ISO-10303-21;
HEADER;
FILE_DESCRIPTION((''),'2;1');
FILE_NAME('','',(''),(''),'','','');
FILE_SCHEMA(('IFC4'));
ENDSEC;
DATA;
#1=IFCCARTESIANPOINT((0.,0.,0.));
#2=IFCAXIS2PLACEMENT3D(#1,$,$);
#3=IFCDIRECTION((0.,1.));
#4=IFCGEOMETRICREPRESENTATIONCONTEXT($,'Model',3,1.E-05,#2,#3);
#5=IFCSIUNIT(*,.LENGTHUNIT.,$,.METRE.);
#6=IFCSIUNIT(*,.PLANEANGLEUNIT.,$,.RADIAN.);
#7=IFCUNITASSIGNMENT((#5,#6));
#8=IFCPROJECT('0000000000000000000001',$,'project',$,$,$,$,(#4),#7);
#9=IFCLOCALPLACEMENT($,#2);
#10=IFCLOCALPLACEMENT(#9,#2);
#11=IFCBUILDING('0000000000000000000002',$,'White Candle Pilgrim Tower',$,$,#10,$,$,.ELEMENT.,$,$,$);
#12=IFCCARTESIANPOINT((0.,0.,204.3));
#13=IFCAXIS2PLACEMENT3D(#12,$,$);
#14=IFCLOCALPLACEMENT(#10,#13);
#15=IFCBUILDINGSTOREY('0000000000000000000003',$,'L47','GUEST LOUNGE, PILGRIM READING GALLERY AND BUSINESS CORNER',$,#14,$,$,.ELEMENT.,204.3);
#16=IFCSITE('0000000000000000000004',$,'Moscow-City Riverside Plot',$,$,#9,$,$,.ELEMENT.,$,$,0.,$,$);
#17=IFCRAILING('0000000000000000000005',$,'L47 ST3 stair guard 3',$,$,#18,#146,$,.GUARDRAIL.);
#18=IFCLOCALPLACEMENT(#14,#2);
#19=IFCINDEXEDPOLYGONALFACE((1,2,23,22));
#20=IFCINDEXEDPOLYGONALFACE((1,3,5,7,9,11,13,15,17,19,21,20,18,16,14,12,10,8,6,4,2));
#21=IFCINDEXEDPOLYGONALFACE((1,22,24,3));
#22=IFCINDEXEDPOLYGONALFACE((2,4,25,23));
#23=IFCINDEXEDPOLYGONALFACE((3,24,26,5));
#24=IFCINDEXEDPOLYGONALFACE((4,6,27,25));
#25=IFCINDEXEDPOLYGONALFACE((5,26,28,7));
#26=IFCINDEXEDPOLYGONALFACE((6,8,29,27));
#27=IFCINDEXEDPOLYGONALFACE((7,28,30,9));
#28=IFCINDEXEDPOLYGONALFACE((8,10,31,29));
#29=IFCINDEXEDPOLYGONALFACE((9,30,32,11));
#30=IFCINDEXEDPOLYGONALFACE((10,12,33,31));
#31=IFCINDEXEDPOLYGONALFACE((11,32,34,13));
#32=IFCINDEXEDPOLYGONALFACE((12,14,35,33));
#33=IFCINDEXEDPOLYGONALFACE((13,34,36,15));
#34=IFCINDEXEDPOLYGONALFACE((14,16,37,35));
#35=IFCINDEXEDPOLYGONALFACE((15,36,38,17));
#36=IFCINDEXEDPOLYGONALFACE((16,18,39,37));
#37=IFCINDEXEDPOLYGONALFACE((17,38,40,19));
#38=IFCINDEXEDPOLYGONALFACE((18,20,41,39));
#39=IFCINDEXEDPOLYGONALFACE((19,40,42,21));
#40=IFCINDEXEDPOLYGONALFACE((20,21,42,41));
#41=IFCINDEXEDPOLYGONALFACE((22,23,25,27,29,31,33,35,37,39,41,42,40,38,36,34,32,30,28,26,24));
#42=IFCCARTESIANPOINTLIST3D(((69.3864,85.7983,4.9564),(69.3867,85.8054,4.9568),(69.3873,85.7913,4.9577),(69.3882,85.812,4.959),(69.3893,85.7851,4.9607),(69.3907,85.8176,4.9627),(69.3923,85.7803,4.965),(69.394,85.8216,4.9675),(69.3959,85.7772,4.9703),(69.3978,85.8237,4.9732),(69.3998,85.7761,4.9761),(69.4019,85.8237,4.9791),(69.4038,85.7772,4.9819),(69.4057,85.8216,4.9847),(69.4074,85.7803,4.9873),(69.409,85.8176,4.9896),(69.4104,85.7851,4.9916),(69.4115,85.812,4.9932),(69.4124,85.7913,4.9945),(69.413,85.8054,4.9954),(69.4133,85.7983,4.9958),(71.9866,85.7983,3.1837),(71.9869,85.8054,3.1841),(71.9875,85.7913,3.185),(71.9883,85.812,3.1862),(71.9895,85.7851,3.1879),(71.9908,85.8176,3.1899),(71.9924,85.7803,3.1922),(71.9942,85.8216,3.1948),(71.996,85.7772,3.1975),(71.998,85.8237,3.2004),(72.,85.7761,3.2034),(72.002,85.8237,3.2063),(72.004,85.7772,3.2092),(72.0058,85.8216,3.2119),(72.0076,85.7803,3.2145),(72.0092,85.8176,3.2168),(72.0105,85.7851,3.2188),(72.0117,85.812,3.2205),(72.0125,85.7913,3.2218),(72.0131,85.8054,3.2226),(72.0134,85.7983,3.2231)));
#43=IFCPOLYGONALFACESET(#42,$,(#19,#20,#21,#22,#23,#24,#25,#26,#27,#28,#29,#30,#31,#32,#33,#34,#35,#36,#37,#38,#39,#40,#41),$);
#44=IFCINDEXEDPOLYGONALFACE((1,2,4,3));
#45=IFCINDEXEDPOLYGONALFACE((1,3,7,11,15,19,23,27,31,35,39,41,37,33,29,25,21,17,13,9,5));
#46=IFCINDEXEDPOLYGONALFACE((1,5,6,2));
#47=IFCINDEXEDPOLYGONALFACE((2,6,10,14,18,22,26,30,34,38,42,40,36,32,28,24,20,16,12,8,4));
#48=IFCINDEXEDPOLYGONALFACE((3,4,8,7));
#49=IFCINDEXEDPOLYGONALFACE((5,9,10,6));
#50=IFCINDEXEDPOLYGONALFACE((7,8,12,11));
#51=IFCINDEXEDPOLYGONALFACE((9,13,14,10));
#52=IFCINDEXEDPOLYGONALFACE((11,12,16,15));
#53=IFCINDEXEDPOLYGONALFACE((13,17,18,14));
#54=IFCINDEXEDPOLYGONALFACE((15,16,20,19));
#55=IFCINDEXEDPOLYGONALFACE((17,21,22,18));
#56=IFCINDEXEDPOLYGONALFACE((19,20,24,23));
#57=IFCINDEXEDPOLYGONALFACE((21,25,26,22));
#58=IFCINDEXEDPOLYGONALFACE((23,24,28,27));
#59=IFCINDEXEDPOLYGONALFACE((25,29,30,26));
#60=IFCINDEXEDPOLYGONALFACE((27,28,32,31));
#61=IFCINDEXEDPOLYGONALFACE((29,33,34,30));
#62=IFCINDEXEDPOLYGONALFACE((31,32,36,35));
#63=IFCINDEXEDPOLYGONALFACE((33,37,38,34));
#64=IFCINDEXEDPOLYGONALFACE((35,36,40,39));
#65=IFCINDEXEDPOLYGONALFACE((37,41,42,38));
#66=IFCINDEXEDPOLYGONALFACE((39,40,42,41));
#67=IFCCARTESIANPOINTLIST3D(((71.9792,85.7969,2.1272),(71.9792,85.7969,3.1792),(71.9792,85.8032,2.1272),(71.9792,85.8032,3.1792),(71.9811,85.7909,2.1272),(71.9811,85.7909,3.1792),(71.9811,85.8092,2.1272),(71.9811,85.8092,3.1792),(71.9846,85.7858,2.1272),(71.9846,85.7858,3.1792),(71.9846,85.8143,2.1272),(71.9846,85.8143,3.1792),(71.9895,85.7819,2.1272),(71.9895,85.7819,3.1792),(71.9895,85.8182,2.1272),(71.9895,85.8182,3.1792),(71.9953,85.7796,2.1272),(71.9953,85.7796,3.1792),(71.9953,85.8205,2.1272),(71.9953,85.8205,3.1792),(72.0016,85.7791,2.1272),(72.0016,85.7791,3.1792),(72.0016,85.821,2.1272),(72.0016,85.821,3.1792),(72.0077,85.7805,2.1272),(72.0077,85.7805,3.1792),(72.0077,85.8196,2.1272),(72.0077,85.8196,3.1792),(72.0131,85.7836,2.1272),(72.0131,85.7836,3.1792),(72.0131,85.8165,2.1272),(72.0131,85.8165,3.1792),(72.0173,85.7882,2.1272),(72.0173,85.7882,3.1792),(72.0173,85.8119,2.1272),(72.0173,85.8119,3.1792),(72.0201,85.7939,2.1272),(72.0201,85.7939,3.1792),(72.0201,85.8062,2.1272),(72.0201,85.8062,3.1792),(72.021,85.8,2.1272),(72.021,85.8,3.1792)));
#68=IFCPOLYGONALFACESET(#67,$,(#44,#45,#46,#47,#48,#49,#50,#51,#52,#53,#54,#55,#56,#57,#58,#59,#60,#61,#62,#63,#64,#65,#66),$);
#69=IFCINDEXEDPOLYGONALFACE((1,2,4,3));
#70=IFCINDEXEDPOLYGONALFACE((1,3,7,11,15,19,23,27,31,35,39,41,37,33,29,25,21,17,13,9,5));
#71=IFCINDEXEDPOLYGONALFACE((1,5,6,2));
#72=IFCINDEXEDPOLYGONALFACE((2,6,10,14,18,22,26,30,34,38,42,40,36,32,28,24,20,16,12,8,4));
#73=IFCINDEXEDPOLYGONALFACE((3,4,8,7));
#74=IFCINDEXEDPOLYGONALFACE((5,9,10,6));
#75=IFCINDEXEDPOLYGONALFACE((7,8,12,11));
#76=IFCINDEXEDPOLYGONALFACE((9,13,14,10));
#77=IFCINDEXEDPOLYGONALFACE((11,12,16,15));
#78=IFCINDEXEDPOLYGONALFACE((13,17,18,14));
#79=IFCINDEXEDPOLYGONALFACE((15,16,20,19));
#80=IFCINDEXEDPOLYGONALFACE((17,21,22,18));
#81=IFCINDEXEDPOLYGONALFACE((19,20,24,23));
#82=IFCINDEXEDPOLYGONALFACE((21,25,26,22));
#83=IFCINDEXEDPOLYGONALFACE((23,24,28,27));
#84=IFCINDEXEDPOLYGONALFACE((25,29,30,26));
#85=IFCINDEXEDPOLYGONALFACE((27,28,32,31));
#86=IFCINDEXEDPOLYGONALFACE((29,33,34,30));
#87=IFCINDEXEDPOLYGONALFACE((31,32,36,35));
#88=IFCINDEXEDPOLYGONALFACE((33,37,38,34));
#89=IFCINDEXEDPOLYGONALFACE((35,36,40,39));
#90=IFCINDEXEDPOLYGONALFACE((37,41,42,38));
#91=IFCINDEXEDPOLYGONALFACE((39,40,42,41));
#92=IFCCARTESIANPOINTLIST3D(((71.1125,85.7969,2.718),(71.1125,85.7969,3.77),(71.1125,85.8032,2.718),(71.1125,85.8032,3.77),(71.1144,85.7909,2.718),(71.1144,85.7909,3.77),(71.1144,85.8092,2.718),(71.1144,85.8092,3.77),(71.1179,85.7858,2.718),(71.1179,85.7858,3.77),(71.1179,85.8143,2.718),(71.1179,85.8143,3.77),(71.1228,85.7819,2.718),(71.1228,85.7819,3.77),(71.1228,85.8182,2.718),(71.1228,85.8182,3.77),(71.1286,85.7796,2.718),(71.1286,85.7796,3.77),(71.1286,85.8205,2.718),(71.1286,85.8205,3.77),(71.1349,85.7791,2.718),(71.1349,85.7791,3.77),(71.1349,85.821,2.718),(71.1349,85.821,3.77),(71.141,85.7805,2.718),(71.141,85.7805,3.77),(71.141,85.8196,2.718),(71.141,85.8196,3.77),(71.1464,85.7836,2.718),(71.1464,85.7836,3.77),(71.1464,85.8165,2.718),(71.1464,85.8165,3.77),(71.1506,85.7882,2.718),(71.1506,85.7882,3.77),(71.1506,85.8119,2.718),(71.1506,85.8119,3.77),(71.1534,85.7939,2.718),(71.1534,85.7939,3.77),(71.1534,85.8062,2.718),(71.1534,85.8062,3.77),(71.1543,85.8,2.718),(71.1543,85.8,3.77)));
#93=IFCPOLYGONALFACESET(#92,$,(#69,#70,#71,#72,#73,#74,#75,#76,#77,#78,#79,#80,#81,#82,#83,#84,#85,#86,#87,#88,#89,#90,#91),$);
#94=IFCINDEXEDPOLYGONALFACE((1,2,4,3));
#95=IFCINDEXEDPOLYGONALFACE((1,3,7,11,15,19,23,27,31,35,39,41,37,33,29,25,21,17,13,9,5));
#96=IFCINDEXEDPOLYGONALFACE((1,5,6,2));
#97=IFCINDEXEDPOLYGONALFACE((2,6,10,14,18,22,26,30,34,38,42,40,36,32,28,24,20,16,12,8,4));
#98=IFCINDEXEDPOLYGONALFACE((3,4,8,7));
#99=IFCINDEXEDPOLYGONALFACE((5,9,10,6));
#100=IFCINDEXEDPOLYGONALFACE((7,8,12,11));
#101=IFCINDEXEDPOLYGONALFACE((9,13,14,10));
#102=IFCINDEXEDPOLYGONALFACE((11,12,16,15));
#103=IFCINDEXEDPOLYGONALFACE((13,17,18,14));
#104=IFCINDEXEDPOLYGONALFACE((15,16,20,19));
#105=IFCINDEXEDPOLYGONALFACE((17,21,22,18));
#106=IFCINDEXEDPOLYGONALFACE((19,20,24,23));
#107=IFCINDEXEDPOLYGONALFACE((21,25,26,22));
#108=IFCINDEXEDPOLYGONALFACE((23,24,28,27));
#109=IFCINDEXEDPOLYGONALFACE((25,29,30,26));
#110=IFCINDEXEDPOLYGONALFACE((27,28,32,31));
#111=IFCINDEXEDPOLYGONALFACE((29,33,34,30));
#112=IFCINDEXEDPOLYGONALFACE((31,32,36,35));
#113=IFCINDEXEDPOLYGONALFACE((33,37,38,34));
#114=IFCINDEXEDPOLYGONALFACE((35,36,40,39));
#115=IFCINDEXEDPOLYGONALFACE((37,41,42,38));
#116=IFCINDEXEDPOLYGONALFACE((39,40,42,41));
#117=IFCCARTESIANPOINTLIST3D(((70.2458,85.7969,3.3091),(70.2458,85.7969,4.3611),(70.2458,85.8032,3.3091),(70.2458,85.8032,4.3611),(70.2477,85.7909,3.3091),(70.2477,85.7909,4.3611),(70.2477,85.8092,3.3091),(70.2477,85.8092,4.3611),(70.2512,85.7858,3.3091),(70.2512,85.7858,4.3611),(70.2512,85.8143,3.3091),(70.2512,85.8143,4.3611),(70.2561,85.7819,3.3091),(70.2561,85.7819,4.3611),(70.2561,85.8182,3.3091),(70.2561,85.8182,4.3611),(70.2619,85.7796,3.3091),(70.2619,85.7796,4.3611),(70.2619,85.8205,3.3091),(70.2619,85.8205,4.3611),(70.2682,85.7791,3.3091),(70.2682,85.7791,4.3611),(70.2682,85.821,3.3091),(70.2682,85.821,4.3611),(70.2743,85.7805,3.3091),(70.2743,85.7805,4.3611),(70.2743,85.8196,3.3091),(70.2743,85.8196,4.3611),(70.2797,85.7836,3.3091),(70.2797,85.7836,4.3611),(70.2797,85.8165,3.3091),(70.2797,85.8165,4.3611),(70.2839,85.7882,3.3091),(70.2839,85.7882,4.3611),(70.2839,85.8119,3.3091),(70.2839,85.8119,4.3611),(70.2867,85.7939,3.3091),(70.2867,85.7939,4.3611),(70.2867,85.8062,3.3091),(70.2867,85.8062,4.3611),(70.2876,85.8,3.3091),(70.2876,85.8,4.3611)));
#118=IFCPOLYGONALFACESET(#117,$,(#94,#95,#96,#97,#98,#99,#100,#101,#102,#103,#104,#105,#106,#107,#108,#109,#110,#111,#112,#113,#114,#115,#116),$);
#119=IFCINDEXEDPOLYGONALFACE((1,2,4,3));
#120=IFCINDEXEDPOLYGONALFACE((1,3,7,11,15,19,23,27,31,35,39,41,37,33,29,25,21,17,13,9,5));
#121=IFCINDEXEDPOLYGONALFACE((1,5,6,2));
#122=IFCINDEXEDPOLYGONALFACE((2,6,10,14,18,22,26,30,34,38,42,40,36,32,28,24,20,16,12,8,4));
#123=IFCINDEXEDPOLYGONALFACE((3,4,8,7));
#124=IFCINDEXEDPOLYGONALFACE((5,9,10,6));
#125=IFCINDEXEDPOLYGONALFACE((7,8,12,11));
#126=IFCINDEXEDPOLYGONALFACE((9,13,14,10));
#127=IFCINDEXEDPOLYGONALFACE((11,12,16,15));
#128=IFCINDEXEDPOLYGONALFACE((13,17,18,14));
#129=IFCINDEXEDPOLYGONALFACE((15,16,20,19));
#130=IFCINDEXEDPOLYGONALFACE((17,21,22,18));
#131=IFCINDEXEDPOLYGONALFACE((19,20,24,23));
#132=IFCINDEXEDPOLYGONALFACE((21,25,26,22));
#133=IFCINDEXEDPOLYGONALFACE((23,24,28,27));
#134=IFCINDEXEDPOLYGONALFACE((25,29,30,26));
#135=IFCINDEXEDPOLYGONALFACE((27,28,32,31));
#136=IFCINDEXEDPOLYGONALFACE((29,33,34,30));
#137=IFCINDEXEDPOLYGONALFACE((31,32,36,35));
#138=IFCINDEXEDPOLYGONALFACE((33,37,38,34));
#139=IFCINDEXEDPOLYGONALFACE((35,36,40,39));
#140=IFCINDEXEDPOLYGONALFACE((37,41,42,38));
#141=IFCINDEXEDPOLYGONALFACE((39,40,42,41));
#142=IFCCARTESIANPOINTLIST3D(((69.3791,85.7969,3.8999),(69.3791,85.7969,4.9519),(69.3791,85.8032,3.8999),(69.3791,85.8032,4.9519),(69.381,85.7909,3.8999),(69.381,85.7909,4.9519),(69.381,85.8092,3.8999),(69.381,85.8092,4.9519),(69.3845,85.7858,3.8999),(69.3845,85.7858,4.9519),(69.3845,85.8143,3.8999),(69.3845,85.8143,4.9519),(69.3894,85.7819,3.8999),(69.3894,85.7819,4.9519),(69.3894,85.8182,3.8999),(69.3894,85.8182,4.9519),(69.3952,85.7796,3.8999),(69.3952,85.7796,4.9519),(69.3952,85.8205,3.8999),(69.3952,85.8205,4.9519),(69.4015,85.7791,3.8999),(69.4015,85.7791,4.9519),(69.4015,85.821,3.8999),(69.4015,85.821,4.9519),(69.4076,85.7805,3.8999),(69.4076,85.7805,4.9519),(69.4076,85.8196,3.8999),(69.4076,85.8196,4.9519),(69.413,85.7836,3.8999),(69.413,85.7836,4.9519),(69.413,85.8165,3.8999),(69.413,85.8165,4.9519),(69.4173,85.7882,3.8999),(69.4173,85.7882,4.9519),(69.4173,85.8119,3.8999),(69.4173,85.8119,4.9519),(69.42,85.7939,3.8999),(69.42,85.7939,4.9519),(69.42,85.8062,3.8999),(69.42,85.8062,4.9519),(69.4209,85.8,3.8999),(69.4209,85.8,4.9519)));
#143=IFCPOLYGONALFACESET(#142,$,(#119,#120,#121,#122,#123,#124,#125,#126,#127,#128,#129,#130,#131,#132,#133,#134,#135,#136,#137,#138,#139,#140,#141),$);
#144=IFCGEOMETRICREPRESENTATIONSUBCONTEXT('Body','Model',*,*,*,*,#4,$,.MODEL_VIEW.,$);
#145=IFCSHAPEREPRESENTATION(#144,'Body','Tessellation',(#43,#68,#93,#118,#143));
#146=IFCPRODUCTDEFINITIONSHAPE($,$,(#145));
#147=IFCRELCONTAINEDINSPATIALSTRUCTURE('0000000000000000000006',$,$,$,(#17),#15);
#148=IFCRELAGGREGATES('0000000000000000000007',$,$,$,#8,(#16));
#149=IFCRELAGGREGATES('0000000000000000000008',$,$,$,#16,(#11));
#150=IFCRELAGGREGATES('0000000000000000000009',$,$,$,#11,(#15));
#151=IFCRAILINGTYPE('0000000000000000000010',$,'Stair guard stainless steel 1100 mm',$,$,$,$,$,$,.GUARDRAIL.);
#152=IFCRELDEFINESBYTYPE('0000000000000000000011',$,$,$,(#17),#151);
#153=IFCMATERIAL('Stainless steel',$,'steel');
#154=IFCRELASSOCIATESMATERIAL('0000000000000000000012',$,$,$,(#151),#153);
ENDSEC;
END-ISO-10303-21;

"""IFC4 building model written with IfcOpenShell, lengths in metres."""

from ifc_helpers import new_model, si_unit, direction, frame, origin, origin_2d, place, context, subcontext, project, spatial, circle, extrude, material, type_object, element, save


model = new_model("IFC4")

# Units and contexts
model_context = context("Model", 3, precision=1e-05, world=origin(), true_north=direction((0.0, 1.0)))
body_context = subcontext(model_context, "Body", "Model", "MODEL_VIEW")
ifc_project = project(units=[si_unit("LENGTHUNIT", "METRE"), si_unit("PLANEANGLEUNIT", "RADIAN")], contexts=[model_context])

# Site, building, storey
site_placement = place(None, origin())
site = spatial("IfcSite", under=ifc_project, at=site_placement, Name="Moscow-City Riverside Plot", CompositionType="ELEMENT", RefElevation=0.0)
building_placement = place(site_placement, origin())
building = spatial("IfcBuilding", under=site, at=building_placement, Name="White Candle Pilgrim Tower", CompositionType="ELEMENT")
storey_placement = place(building_placement, frame((0.0, 0.0, 204.3)))
storey = spatial("IfcBuildingStorey", under=building, at=storey_placement, Name="L47", Description="GUEST LOUNGE, PILGRIM READING GALLERY AND BUSINESS CORNER", CompositionType="ELEMENT", Elevation=204.3)

# Shared definitions
ifc_material_1 = material(Name="Stainless steel", Category="steel")

# Railing
railing_type_1 = type_object("IfcRailingType", Name="Stair guard stainless steel 1100 mm", PredefinedType="GUARDRAIL", material=ifc_material_1)
railing_1_placement = place(storey_placement, frame((72.0, 85.8, 2.1272)))
element("IfcRailing", 1, at=railing_1_placement, inside=storey, type_object=railing_type_1, Name="L47 ST3 stair guard 3", PredefinedType="GUARDRAIL", context=body_context, shape_type="SweptSolid", body=[
    extrude(circle(Radius=0.0239, at=origin_2d()), frame((0.0, 0.0, 1.0762), z_axis=(-0.82624, 0.0, 0.563318), x_axis=(0.0, -1.0, 0.0)), (0.0, 0.0, 1.0), 3.147),
    extrude(circle(Radius=0.021, at=origin_2d()), origin(), (0.0, 0.0, 1.0), 1.052),
    extrude(circle(Radius=0.021, at=origin_2d()), frame((-0.8667, 0.0, 0.5908)), (0.0, 0.0, 1.0), 1.052),
    extrude(circle(Radius=0.021, at=origin_2d()), frame((-1.7334, 0.0, 1.1819)), (0.0, 0.0, 1.0), 1.052),
    extrude(circle(Radius=0.021, at=origin_2d()), frame((-2.6001, 0.0, 1.7727)), (0.0, 0.0, 1.0), 1.052),
])

save(model, "model.ifc")
